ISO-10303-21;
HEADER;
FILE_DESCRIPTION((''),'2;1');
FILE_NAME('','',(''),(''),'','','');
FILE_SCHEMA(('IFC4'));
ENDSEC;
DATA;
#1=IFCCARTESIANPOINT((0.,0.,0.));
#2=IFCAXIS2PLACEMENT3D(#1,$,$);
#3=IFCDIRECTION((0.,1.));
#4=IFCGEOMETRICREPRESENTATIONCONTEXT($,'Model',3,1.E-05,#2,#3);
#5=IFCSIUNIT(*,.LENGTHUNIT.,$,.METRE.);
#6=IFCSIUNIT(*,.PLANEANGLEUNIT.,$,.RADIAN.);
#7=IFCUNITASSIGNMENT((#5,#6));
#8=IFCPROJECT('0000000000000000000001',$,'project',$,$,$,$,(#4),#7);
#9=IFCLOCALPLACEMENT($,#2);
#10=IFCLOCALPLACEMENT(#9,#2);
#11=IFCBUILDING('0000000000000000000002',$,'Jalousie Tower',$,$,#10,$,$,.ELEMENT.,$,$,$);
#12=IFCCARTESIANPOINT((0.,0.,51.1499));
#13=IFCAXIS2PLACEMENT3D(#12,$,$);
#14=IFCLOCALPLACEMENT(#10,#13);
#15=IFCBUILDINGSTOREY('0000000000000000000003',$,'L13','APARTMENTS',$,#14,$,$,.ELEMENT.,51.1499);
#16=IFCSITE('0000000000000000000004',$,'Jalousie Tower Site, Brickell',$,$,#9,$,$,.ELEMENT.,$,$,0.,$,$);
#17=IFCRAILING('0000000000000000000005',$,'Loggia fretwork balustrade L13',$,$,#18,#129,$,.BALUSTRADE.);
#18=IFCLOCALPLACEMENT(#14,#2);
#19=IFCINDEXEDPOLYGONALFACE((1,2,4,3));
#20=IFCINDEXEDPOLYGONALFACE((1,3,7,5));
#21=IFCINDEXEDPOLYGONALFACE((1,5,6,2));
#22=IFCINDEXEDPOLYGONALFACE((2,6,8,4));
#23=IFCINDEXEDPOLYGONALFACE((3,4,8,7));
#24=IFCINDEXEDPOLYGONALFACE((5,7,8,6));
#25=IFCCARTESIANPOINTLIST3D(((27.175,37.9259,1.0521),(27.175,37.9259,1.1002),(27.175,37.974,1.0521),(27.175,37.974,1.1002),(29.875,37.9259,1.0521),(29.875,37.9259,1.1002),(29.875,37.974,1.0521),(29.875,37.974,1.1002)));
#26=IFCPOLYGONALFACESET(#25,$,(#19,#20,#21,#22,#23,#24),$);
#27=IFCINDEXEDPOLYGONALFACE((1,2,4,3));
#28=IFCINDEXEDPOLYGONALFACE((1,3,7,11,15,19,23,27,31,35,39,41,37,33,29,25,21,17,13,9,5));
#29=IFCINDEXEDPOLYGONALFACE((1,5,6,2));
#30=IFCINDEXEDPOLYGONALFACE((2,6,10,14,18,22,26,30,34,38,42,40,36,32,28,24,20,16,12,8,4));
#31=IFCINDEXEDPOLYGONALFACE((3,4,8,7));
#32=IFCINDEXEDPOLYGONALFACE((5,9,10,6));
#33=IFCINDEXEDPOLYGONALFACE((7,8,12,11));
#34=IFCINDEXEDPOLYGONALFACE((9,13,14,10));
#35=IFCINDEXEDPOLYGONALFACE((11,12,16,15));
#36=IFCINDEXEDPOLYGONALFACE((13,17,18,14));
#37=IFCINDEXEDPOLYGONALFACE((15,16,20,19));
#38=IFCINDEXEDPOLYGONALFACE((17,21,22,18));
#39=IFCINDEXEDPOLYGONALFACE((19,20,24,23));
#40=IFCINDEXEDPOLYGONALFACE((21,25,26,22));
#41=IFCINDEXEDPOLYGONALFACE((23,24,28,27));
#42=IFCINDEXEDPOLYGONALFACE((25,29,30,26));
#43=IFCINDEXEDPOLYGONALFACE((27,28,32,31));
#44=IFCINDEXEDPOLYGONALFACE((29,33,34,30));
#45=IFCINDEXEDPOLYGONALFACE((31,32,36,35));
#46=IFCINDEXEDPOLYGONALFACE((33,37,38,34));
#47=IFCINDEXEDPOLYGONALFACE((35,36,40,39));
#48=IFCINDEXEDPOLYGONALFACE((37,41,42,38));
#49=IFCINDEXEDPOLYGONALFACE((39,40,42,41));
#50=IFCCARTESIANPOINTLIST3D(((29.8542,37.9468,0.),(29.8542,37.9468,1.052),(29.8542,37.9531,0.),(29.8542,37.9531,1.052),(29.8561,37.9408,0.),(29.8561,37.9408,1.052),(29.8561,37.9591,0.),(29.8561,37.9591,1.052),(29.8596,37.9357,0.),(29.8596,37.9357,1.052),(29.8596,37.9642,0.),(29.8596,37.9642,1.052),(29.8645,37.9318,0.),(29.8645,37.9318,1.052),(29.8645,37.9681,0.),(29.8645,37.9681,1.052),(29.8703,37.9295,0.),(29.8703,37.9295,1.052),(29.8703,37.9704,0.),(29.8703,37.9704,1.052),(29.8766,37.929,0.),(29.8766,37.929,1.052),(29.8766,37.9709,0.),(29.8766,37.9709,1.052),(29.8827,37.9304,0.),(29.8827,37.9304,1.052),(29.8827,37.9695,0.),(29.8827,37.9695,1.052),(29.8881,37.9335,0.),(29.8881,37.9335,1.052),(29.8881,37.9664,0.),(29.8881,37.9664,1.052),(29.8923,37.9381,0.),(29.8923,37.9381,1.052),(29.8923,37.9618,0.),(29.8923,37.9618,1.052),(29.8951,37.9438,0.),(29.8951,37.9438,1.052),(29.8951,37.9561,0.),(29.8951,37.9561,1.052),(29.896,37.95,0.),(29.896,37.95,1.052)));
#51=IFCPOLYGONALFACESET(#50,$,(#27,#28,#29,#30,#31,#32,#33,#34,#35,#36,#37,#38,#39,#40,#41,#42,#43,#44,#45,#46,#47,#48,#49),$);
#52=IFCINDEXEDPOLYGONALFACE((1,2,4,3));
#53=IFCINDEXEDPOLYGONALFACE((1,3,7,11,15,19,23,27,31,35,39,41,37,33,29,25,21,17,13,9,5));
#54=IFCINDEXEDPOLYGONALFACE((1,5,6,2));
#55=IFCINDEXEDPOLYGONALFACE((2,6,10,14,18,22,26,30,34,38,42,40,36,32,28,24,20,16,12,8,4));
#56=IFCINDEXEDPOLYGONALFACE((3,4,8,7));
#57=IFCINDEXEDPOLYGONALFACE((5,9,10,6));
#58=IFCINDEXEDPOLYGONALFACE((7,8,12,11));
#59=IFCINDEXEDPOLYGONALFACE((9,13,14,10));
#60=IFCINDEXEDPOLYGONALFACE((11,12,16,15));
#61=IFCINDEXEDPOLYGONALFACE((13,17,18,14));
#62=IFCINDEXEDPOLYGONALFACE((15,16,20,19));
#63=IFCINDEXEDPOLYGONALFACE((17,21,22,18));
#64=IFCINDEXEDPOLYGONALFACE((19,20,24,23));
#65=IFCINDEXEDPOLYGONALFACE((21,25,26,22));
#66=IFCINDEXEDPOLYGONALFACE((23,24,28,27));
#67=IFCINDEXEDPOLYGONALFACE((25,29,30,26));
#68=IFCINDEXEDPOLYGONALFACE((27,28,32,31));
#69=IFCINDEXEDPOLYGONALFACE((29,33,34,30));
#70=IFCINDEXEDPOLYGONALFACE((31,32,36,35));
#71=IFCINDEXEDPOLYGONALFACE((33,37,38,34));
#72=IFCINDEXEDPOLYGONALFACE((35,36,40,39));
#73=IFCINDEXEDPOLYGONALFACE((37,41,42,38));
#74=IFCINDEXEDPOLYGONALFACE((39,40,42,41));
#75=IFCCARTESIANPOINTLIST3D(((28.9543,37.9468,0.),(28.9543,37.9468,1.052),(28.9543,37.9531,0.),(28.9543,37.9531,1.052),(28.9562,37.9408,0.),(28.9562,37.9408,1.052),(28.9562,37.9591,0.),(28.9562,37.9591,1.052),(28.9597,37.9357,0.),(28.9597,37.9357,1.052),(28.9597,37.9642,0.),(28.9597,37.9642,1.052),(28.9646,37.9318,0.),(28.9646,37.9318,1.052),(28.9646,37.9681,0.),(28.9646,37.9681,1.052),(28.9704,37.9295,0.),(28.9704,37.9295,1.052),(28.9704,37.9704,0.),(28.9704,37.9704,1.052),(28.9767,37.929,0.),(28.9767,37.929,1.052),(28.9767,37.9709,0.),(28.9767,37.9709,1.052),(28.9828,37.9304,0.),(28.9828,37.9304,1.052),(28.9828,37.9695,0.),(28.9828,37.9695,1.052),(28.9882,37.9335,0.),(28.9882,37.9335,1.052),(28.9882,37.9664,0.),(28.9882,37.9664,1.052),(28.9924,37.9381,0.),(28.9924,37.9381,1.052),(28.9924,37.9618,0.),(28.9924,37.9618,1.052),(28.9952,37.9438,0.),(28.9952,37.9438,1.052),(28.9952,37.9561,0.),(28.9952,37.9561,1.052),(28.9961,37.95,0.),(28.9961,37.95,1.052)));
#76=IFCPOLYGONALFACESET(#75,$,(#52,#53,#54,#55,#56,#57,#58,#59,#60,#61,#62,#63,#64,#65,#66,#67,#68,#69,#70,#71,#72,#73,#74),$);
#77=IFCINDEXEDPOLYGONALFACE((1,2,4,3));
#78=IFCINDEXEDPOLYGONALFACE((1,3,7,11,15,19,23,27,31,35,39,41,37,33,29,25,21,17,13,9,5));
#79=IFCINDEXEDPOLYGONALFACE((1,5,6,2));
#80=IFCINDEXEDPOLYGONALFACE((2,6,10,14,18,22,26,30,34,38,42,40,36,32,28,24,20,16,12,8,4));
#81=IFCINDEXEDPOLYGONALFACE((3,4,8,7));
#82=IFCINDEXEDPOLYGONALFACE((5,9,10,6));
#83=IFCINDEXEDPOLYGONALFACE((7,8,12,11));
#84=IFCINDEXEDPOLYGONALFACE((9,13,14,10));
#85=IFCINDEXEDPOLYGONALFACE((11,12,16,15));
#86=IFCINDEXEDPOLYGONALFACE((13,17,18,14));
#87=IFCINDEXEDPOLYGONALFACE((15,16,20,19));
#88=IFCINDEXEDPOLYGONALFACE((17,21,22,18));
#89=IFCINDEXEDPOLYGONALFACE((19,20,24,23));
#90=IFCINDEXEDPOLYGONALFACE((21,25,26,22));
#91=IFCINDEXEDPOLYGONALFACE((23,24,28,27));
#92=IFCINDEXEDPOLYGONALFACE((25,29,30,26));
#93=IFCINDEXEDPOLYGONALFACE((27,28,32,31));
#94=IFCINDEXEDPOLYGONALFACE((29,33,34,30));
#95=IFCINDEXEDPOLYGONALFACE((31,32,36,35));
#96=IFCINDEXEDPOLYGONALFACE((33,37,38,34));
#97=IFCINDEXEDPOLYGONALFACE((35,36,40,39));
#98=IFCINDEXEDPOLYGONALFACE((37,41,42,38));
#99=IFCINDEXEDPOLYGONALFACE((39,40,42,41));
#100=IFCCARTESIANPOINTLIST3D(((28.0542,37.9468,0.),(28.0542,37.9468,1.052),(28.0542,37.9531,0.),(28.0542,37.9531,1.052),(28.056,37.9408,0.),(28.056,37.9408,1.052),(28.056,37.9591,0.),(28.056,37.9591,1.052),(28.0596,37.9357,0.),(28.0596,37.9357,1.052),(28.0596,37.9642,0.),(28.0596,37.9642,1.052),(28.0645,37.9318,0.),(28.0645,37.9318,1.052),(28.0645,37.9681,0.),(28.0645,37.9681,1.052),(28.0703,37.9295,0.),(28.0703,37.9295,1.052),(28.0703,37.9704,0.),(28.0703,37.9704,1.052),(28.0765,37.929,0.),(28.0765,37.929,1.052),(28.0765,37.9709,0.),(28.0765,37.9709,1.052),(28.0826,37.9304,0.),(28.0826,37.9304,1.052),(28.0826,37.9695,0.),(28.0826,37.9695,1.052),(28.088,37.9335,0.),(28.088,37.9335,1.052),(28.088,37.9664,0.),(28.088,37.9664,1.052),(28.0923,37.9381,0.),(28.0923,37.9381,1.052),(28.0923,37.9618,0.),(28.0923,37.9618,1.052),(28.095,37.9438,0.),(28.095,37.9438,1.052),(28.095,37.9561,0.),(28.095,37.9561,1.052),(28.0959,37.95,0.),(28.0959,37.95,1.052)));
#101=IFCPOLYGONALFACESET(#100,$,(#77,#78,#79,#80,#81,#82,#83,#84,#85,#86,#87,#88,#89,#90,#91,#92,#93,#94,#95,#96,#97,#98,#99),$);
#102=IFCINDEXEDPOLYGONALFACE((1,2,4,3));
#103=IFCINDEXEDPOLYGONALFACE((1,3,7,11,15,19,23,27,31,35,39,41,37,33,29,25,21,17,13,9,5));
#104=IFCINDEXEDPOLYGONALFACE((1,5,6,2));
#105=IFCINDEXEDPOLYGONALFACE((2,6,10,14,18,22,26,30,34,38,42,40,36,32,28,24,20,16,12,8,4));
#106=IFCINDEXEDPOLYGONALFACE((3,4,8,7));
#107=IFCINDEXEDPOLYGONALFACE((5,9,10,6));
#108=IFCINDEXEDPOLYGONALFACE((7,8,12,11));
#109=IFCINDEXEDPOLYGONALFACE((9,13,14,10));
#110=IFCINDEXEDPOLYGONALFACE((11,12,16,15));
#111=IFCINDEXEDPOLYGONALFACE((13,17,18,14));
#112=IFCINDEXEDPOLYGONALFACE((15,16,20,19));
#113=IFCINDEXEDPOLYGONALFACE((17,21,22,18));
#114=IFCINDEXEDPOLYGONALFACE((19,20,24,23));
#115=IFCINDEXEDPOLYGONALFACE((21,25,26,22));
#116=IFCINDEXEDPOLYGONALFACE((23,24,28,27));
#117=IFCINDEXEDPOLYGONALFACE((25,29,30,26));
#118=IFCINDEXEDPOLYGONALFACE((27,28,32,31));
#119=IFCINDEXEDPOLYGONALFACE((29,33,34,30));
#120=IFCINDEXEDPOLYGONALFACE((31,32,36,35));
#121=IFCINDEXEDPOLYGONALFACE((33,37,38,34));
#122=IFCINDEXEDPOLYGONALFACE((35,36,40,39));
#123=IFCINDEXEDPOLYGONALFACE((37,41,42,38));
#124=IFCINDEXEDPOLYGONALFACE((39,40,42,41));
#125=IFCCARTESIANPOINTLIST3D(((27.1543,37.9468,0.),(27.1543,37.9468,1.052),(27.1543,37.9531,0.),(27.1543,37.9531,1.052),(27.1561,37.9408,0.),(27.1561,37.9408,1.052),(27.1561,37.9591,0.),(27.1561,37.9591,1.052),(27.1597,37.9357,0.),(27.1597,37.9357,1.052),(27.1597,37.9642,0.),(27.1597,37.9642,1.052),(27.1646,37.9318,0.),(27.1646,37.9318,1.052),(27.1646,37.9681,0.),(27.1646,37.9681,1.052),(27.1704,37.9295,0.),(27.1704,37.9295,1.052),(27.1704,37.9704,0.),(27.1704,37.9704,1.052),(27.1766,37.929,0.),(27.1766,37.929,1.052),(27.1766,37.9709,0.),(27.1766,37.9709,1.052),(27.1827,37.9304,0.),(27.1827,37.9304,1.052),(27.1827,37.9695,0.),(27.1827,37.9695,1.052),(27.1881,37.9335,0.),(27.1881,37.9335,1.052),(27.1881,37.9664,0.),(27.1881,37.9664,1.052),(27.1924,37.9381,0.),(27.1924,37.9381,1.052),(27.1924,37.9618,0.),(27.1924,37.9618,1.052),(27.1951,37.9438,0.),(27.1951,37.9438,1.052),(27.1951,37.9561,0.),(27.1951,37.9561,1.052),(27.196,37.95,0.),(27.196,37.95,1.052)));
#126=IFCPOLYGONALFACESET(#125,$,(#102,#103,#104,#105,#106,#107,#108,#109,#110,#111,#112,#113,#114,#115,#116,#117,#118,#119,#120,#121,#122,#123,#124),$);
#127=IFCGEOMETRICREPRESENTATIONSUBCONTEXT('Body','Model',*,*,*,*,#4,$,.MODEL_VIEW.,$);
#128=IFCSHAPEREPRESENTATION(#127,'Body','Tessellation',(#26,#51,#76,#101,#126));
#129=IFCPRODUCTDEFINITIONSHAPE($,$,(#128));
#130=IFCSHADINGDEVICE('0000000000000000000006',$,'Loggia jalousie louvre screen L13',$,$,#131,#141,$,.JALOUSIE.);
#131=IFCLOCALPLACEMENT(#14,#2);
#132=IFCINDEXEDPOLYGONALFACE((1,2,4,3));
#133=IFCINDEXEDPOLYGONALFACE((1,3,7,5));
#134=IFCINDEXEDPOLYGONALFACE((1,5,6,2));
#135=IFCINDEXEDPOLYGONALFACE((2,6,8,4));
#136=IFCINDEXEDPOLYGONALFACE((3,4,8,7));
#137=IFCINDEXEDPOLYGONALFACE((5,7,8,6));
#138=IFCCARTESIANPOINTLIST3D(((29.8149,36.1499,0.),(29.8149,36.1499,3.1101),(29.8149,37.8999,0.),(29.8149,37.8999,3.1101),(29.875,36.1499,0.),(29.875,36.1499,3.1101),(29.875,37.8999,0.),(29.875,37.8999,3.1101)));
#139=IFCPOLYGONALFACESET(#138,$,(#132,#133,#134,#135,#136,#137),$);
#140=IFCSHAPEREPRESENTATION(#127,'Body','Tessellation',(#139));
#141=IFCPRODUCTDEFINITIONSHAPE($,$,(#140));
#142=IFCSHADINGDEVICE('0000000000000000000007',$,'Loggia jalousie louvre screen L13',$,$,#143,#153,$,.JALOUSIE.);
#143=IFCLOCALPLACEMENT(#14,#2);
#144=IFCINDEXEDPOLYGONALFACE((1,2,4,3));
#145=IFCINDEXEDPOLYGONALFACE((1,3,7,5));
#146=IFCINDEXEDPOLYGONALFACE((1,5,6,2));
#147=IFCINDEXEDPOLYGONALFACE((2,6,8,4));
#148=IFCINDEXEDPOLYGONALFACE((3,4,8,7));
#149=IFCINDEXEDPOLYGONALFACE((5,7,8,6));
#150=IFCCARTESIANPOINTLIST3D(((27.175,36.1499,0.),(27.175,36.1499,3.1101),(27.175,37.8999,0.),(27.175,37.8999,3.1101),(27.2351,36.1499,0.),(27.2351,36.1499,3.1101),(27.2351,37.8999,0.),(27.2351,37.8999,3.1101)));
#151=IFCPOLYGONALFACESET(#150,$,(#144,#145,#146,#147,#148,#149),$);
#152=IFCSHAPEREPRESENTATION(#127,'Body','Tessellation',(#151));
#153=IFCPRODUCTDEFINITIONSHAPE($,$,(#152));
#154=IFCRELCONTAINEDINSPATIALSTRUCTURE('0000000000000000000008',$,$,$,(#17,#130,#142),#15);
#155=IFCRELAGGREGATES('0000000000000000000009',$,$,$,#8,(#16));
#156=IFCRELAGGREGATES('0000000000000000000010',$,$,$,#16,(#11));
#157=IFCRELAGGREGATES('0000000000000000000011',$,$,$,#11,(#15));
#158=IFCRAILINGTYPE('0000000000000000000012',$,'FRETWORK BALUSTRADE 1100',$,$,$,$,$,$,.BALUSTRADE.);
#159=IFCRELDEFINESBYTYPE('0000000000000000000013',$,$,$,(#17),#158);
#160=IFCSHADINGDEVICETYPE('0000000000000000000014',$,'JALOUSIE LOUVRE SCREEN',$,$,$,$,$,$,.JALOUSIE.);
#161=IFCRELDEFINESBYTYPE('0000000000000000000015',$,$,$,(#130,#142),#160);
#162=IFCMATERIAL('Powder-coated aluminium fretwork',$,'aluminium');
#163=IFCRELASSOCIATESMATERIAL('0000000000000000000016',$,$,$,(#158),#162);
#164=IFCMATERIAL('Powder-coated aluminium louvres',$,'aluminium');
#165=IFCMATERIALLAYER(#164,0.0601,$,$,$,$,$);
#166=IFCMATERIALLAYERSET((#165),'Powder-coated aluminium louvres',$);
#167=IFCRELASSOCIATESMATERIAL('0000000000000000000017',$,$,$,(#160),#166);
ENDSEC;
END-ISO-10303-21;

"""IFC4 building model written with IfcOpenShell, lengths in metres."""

from ifc_helpers import new_model, si_unit, direction, frame, origin, origin_2d, place, context, subcontext, project, spatial, rectangle, circle, extrude, material, layer, layer_set, type_object, element, save


model = new_model("IFC4")

# Units and contexts
model_context = context("Model", 3, precision=1e-05, world=origin(), true_north=direction((0.0, 1.0)))
body_context = subcontext(model_context, "Body", "Model", "MODEL_VIEW")
ifc_project = project(units=[si_unit("LENGTHUNIT", "METRE"), si_unit("PLANEANGLEUNIT", "RADIAN")], contexts=[model_context])

# Site, building, storey
site_placement = place(None, origin())
site = spatial("IfcSite", under=ifc_project, at=site_placement, Name="Jalousie Tower Site, Brickell", CompositionType="ELEMENT", RefElevation=0.0)
building_placement = place(site_placement, origin())
building = spatial("IfcBuilding", under=site, at=building_placement, Name="Jalousie Tower", CompositionType="ELEMENT")
storey_placement = place(building_placement, frame((0.0, 0.0, 51.1499)))
storey = spatial("IfcBuildingStorey", under=building, at=storey_placement, Name="L13", Description="APARTMENTS", CompositionType="ELEMENT", Elevation=51.1499)

# Railing
ifc_material_1 = material(Name="Powder-coated aluminium fretwork", Category="aluminium")
railing_type = type_object("IfcRailingType", Name="FRETWORK BALUSTRADE 1100", PredefinedType="BALUSTRADE", material=ifc_material_1)
railing_placement = place(storey_placement, frame((29.875, 37.95, 0.0)))
element("IfcRailing", 1, at=railing_placement, inside=storey, type_object=railing_type, Name="Loggia fretwork balustrade L13", PredefinedType="BALUSTRADE", context=body_context, shape_type="SweptSolid", body=[
    extrude(rectangle(XDim=0.0481, YDim=0.0481, at=origin_2d()), frame((0.0, 0.0, 1.0762), z_axis=(-1.0, 0.0, 0.0), x_axis=(0.0, -1.0, 0.0)), (0.0, 0.0, 1.0), 2.7),
    extrude(circle(Radius=0.021, at=origin_2d()), origin(), (0.0, 0.0, 1.0), 1.052),
    extrude(circle(Radius=0.021, at=origin_2d()), frame((-0.8999, 0.0, 0.0)), (0.0, 0.0, 1.0), 1.052),
    extrude(circle(Radius=0.021, at=origin_2d()), frame((-1.8, 0.0, 0.0)), (0.0, 0.0, 1.0), 1.052),
    extrude(circle(Radius=0.021, at=origin_2d()), frame((-2.7, 0.0, 0.0)), (0.0, 0.0, 1.0), 1.052),
])

# Shading devices
ifc_material_2 = material(Name="Powder-coated aluminium louvres", Category="aluminium")
ifc_layer_1 = layer(ifc_material_2, 0.0601)
ifc_layer_set_1 = layer_set([ifc_layer_1], Name="Powder-coated aluminium louvres")
shading_device_type_1 = type_object("IfcShadingDeviceType", Name="JALOUSIE LOUVRE SCREEN", PredefinedType="JALOUSIE", material=ifc_layer_set_1)
for number, where, z_axis, x_axis, name in (
    (2, (29.845, 37.0249, 0.0), (0.0, 0.0, 1.0), (-1.0, 0.0, 0.0), "Loggia jalousie louvre screen L13"),
    (3, (27.2051, 37.0249, 0.0), (0.0, 0.0, 1.0), (-1.0, 0.0, 0.0), "Loggia jalousie louvre screen L13"),
):
    element("IfcShadingDevice", number, at=place(storey_placement, frame(where, z_axis=z_axis, x_axis=x_axis)), inside=storey, type_object=shading_device_type_1, Name=name, PredefinedType="JALOUSIE", context=body_context, shape_type="SweptSolid", body=[
        extrude(rectangle(XDim=0.0601, YDim=1.75, at=origin_2d()), origin(), (0.0, 0.0, 1.0), 3.1101),
    ])

save(model, "model.ifc")
